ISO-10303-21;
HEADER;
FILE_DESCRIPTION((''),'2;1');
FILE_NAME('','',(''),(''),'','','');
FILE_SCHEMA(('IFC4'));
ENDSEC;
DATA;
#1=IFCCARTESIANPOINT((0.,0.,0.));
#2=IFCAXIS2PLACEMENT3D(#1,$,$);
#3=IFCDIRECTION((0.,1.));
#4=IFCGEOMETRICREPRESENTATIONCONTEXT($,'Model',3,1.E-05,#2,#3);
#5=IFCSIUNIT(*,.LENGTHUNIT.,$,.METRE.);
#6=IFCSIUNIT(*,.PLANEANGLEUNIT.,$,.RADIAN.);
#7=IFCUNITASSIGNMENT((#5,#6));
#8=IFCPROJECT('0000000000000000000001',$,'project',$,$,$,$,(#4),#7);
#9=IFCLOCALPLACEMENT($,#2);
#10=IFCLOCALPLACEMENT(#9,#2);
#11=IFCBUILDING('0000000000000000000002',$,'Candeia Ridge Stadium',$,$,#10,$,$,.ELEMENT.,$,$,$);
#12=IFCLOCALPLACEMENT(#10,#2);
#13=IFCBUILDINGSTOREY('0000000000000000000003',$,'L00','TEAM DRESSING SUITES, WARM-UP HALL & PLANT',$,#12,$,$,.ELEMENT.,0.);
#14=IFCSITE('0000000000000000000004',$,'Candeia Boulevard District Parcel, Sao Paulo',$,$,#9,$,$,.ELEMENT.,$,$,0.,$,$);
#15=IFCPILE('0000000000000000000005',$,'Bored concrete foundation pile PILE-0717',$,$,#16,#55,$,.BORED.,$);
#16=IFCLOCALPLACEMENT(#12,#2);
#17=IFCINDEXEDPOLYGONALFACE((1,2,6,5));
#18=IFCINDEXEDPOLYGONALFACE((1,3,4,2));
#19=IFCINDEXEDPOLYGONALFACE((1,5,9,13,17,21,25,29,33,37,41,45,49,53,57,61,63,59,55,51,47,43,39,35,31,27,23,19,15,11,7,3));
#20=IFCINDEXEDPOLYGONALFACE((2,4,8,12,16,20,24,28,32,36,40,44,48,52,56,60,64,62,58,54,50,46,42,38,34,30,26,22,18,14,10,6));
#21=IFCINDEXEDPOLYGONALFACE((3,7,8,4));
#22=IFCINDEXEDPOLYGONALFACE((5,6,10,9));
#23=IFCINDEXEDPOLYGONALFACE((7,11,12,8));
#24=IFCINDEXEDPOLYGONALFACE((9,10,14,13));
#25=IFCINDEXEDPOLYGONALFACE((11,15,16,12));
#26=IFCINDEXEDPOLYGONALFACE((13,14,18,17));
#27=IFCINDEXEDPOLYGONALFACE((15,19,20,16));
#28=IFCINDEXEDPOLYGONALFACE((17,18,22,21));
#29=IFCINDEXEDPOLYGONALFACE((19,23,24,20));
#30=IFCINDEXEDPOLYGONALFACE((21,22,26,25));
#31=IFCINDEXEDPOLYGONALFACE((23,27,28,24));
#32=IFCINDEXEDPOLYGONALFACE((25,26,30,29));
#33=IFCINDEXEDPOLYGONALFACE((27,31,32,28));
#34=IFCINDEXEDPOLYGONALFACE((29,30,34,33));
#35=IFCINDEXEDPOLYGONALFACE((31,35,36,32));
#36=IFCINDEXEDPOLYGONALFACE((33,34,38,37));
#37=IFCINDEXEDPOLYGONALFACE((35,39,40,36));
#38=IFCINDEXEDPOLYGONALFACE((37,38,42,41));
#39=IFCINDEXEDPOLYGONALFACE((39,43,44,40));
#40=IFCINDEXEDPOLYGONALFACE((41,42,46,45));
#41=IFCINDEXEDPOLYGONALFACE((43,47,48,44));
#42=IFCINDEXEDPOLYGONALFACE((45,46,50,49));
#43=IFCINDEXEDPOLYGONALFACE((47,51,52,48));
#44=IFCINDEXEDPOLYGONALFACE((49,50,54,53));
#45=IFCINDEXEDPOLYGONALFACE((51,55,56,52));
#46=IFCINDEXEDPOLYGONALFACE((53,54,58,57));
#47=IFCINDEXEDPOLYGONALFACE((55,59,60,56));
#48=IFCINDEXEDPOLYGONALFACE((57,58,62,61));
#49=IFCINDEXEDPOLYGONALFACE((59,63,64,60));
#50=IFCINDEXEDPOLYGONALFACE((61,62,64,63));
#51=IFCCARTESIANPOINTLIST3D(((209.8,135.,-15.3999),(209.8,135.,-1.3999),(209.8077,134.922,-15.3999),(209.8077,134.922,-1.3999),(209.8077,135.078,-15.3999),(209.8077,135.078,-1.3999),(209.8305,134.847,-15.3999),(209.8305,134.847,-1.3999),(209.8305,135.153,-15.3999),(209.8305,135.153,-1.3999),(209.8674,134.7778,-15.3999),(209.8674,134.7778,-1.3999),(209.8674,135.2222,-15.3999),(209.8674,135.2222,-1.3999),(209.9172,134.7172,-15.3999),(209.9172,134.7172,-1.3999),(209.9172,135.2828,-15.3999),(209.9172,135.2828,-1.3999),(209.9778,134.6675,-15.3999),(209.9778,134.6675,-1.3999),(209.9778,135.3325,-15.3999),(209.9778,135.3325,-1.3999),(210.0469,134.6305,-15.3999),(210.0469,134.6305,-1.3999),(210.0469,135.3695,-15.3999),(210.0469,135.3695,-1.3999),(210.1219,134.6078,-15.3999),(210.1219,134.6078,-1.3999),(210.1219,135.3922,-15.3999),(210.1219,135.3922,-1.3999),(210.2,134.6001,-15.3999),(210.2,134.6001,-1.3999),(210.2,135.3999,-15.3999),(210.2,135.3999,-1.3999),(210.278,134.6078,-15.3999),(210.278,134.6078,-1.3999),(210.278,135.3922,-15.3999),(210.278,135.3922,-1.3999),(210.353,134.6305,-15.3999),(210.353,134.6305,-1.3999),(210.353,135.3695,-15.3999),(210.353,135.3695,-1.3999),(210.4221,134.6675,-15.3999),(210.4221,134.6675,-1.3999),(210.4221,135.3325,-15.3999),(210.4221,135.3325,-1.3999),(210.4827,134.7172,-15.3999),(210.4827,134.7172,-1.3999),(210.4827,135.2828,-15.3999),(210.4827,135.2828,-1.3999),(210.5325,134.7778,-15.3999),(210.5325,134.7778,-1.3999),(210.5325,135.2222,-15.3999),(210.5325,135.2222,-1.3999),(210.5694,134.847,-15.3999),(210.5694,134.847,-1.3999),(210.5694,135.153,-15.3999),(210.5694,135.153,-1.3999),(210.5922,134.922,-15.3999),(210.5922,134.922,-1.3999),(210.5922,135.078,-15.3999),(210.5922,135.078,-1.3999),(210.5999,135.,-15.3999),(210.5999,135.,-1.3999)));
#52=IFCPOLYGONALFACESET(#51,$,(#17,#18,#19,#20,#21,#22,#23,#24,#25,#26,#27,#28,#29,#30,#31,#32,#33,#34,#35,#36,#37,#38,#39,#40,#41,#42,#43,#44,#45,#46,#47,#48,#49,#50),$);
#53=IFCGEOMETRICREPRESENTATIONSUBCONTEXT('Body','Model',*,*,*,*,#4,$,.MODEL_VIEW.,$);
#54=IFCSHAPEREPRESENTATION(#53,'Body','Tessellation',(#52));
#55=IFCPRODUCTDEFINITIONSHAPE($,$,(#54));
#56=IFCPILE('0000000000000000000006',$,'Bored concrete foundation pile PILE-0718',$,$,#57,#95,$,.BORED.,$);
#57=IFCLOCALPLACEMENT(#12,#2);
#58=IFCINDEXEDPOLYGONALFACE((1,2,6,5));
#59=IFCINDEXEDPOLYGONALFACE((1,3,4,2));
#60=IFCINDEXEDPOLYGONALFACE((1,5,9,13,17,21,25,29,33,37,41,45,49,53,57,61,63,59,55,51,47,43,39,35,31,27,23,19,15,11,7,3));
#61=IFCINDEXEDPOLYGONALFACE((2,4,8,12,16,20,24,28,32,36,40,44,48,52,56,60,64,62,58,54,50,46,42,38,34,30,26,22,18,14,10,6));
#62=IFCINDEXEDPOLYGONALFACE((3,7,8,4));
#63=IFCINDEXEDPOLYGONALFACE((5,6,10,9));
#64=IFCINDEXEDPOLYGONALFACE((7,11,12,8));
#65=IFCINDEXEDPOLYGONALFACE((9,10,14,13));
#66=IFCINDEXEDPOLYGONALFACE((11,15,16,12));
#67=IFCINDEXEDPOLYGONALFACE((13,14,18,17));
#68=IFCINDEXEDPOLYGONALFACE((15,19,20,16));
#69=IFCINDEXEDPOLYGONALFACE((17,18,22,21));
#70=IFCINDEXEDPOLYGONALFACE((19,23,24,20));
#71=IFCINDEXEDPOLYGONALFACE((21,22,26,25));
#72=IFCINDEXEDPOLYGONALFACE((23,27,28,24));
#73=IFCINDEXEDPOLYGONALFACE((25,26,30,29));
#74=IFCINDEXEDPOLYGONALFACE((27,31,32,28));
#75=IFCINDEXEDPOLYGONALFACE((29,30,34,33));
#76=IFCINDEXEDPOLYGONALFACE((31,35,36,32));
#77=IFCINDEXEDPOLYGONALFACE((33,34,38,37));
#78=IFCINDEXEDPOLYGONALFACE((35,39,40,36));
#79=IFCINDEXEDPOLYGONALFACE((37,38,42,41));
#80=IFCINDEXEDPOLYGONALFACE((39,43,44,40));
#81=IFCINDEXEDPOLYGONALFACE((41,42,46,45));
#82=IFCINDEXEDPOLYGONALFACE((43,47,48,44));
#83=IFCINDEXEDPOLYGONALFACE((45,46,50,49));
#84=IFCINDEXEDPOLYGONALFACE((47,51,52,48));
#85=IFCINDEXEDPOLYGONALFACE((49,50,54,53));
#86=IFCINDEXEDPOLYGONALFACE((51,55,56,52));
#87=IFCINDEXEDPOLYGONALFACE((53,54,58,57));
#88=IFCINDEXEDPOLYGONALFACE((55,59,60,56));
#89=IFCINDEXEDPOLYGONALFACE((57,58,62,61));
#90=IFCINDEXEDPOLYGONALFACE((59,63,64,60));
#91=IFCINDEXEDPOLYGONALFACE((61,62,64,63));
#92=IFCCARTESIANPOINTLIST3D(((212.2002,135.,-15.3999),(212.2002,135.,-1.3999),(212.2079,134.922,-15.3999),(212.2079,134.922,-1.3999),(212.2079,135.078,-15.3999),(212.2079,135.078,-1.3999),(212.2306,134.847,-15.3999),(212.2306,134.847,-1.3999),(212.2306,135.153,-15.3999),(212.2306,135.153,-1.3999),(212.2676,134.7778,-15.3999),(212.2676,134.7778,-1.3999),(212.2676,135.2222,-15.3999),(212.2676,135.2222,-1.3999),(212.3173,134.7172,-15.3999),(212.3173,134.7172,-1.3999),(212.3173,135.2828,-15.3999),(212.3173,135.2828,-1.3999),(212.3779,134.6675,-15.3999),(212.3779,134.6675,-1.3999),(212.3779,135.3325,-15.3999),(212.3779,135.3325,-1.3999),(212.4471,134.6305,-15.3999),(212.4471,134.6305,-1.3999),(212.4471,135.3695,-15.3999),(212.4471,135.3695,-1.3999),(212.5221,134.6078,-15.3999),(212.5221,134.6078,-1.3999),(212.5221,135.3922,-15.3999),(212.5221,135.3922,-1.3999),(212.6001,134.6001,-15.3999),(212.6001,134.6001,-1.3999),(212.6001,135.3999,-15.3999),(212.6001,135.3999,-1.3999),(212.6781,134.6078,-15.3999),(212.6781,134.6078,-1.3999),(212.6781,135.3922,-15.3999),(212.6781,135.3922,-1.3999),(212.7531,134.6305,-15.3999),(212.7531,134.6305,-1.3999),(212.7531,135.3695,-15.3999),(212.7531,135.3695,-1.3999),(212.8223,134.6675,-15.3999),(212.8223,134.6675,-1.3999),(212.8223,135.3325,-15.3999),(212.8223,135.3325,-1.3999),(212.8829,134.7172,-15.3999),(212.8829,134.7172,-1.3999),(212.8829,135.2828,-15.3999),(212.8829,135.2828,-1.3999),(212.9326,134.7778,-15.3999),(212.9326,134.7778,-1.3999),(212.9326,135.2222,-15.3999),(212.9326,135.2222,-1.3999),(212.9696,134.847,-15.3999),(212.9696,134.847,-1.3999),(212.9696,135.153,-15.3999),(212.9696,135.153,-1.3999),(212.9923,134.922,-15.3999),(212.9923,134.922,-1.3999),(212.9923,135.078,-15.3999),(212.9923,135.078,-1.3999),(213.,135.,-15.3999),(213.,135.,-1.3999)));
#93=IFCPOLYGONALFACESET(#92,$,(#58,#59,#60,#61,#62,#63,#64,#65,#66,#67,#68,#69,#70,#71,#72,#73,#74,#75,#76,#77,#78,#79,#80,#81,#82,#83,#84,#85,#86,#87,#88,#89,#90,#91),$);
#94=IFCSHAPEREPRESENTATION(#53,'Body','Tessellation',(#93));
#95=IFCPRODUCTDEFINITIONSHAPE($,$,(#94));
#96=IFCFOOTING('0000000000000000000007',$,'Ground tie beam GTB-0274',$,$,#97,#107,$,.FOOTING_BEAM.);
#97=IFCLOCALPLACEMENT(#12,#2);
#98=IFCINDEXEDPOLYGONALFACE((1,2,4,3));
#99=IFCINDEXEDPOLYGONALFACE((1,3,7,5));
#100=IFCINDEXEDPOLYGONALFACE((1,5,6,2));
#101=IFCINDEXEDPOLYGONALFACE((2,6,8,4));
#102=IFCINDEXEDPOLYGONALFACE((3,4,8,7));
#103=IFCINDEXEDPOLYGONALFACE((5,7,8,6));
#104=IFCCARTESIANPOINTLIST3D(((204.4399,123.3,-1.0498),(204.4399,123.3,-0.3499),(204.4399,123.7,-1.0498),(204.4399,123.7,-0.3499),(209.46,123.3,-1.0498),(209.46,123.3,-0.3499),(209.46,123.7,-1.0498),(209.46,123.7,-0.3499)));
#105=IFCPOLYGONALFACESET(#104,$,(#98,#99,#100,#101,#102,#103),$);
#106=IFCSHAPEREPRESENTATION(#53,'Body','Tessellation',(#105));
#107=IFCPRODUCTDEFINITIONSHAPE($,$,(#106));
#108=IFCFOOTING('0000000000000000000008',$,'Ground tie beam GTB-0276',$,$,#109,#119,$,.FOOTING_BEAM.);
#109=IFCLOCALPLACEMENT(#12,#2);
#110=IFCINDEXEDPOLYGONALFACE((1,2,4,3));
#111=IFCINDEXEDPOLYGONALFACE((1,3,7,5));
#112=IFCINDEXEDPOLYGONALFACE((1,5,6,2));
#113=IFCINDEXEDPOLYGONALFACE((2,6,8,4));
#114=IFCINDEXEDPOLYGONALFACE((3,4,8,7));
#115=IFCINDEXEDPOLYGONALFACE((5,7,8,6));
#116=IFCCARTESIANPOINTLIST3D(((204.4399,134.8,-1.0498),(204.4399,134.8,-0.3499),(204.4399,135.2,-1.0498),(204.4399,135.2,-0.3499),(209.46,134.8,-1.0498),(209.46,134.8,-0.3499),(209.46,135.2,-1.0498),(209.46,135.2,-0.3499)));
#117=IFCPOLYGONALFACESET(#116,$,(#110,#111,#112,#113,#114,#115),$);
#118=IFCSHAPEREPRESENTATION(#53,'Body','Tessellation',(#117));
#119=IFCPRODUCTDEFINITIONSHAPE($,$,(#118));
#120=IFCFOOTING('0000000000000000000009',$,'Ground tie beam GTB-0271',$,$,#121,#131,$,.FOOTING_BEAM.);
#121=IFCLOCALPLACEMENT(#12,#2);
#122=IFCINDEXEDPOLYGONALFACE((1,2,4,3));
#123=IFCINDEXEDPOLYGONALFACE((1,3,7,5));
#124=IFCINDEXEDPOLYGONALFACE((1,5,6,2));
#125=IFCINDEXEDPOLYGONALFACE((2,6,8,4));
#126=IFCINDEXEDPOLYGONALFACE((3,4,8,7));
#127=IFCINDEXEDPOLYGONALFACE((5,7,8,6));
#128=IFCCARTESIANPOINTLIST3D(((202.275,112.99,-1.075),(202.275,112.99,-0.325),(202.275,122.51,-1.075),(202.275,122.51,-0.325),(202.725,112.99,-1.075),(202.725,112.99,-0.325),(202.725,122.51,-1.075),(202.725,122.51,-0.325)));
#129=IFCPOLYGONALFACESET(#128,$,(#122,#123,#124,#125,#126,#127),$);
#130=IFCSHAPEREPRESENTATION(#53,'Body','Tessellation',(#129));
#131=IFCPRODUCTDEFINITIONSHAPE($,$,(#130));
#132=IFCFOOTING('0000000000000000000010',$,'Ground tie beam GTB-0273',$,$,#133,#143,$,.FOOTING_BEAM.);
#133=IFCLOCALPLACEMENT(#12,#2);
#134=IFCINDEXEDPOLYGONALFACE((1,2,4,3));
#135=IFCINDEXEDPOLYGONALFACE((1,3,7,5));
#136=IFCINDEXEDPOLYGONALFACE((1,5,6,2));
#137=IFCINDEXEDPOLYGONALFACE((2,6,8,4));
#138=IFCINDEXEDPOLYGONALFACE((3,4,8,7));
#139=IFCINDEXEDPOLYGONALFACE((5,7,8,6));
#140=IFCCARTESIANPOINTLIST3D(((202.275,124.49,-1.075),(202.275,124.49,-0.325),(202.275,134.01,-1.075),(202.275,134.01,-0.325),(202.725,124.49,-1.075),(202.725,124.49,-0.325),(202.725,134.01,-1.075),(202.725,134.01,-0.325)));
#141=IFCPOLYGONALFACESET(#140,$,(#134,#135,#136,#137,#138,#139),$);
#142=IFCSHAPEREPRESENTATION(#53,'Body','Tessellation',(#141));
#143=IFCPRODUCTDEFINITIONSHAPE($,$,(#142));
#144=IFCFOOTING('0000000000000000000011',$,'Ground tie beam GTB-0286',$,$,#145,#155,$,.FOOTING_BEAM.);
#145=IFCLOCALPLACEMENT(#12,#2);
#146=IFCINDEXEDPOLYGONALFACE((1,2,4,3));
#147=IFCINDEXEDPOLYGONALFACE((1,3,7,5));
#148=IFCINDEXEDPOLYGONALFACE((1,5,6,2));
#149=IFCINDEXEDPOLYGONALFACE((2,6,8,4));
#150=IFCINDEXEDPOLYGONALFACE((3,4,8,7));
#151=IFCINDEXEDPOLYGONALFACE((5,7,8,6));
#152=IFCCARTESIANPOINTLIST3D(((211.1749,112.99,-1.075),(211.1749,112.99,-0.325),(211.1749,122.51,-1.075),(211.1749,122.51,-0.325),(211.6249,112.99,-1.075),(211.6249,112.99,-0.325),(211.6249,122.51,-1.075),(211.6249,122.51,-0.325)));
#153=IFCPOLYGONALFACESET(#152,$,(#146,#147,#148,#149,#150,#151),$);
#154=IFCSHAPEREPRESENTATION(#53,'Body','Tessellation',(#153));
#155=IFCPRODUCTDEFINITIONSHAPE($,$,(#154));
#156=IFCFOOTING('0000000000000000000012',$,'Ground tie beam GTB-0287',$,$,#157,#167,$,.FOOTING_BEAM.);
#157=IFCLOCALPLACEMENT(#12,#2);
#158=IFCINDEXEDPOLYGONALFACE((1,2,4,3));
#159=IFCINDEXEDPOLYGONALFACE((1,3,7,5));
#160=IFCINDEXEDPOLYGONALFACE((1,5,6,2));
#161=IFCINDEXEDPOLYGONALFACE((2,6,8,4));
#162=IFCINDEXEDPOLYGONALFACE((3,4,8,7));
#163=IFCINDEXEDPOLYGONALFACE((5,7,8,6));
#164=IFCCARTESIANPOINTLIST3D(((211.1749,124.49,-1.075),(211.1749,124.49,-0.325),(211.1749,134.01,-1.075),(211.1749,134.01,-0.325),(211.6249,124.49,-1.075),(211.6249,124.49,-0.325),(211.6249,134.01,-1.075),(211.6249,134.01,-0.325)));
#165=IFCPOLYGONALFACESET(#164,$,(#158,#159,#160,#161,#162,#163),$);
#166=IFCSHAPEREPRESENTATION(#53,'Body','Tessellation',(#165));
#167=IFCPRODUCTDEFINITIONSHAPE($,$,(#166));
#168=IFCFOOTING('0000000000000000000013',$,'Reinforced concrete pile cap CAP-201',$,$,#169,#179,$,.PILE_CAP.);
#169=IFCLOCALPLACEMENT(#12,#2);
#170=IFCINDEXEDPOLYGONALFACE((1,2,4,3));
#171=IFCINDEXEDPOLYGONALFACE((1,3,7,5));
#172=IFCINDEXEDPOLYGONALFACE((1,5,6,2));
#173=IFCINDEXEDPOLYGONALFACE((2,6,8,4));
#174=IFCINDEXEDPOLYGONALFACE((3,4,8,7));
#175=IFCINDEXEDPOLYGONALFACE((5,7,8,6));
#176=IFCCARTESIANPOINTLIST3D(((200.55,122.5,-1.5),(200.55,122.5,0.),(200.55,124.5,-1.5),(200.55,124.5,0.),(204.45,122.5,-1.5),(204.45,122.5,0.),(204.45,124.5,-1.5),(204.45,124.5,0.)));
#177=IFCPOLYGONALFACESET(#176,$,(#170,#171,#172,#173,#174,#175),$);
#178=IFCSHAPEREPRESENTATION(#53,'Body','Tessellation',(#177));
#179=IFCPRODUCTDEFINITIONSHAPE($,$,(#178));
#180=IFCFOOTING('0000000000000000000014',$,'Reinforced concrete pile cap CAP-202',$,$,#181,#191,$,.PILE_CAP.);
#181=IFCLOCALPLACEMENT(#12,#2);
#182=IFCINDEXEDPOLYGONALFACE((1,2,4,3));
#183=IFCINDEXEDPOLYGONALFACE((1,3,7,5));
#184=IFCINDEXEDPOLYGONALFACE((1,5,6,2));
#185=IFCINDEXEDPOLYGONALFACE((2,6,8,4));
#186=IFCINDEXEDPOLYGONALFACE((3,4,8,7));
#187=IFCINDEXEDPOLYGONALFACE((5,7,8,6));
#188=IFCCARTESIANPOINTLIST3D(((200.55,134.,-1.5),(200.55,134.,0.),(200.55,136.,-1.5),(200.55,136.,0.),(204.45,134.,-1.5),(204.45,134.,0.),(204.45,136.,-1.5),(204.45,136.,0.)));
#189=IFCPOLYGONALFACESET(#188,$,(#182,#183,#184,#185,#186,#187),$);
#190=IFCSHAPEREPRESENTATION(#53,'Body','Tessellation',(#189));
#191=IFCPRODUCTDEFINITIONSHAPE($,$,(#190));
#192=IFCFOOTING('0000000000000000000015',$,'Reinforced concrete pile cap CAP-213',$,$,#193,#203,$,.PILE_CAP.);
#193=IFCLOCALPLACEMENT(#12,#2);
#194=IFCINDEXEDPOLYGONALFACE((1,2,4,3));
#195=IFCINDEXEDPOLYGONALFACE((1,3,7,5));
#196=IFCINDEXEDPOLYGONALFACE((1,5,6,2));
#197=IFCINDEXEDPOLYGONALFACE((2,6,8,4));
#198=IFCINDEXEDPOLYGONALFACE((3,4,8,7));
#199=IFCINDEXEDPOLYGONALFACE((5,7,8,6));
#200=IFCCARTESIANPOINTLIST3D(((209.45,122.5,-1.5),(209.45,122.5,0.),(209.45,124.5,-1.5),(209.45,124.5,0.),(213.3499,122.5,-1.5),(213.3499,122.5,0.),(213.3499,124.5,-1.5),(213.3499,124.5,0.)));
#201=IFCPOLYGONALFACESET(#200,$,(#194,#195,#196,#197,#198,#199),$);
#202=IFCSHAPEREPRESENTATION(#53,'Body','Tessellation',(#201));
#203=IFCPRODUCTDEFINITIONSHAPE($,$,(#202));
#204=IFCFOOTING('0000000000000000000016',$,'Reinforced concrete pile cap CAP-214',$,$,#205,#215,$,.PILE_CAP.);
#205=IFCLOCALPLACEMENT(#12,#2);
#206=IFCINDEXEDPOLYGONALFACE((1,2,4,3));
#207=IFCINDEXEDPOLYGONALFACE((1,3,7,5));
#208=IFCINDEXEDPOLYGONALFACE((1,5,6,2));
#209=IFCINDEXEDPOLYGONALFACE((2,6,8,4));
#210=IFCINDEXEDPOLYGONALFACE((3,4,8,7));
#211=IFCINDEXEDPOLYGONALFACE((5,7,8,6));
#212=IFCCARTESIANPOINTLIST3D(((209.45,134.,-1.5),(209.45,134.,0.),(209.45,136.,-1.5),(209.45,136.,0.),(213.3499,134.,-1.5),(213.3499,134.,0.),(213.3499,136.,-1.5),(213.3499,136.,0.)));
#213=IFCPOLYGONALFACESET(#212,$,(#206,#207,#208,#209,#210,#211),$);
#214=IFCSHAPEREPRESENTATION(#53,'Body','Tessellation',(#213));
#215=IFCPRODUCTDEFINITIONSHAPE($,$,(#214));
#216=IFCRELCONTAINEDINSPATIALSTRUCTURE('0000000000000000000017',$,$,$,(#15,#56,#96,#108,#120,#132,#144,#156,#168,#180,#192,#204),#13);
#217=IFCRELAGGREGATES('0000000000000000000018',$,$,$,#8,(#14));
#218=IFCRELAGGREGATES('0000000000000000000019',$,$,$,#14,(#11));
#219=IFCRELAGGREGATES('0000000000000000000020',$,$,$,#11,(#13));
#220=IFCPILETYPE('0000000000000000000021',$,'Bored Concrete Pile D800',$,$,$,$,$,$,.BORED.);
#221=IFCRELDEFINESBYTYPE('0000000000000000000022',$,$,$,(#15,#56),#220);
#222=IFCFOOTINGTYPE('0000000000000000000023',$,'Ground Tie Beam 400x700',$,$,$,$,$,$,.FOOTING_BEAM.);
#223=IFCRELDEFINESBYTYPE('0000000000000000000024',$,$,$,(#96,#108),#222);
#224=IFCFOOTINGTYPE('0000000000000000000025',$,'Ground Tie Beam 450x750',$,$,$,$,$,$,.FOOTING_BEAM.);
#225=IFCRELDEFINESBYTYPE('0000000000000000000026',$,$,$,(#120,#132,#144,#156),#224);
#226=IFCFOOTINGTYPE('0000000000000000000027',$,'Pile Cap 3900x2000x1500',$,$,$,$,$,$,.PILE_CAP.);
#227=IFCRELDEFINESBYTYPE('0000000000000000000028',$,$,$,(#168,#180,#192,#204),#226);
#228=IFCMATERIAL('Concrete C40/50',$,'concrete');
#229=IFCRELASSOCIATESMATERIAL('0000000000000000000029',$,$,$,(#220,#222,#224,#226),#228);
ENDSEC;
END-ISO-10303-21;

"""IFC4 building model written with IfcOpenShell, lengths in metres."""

from ifc_helpers import new_model, si_unit, direction, frame, origin, origin_2d, place, context, subcontext, project, spatial, rectangle, circle, extrude, material, material_profile, profile_set, type_object, element, save


model = new_model("IFC4")

# Units and contexts
model_context = context("Model", 3, precision=1e-05, world=origin(), true_north=direction((0.0, 1.0)))
body_context = subcontext(model_context, "Body", "Model", "MODEL_VIEW")
ifc_project = project(units=[si_unit("LENGTHUNIT", "METRE"), si_unit("PLANEANGLEUNIT", "RADIAN")], contexts=[model_context])

# Site, building, storey
site_placement = place(None, origin())
site = spatial("IfcSite", under=ifc_project, at=site_placement, Name="Candeia Boulevard District Parcel, Sao Paulo", CompositionType="ELEMENT", RefElevation=0.0)
building_placement = place(site_placement, origin())
building = spatial("IfcBuilding", under=site, at=building_placement, Name="Candeia Ridge Stadium", CompositionType="ELEMENT")
storey_placement = place(building_placement, origin())
storey = spatial("IfcBuildingStorey", under=building, at=storey_placement, Name="L00", Description="TEAM DRESSING SUITES, WARM-UP HALL & PLANT", CompositionType="ELEMENT", Elevation=0.0)

# Piles
ifc_material_1 = material(Name="Concrete C40/50", Category="concrete")
ifc_material_profile_1 = material_profile(ifc_material_1, circle(Radius=0.3999, at=origin_2d()), Name="PILE-D800", Category="concrete")
ifc_profile_set_1 = profile_set([ifc_material_profile_1], Name="Concrete C40/50")
pile_type = type_object("IfcPileType", Name="Bored Concrete Pile D800", PredefinedType="BORED", material=ifc_profile_set_1)
for number, where, z_axis, x_axis, name in (
    (1, (210.2, 135.0, -1.3999), (0.0, 0.0, -1.0), (1.0, 0.0, 0.0), "Bored concrete foundation pile PILE-0717"),
    (2, (212.6001, 135.0, -1.3999), (0.0, 0.0, -1.0), (1.0, 0.0, 0.0), "Bored concrete foundation pile PILE-0718"),
):
    element("IfcPile", number, at=place(storey_placement, frame(where, z_axis=z_axis, x_axis=x_axis)), inside=storey, type_object=pile_type, Name=name, PredefinedType="BORED", context=body_context, shape_type="SweptSolid", body=[
        extrude(circle(Radius=0.3999, at=origin_2d()), origin(), (0.0, 0.0, 1.0), 14.0),
    ])

# Footings
footing_type_1 = type_object("IfcFootingType", Name="Ground Tie Beam 400x700", PredefinedType="FOOTING_BEAM", material=ifc_material_1)
for number, where, z_axis, x_axis, name in (
    (3, (206.95, 123.5, -1.0498), (0.0, 0.0, 1.0), (1.0, 0.0, 0.0), "Ground tie beam GTB-0274"),
    (4, (206.95, 135.0, -1.0498), (0.0, 0.0, 1.0), (1.0, 0.0, 0.0), "Ground tie beam GTB-0276"),
):
    element("IfcFooting", number, at=place(storey_placement, frame(where, z_axis=z_axis, x_axis=x_axis)), inside=storey, type_object=footing_type_1, Name=name, PredefinedType="FOOTING_BEAM", context=body_context, shape_type="SweptSolid", body=[
        extrude(rectangle(XDim=5.02, YDim=0.3999, at=origin_2d()), origin(), (0.0, 0.0, 1.0), 0.7),
    ])
footing_type_2 = type_object("IfcFootingType", Name="Ground Tie Beam 450x750", PredefinedType="FOOTING_BEAM", material=ifc_material_1)
for number, where, z_axis, x_axis, name in (
    (5, (202.5, 117.75, -1.075), (0.0, 0.0, 1.0), (0.0, 1.0, 0.0), "Ground tie beam GTB-0271"),
    (6, (202.5, 129.25, -1.075), (0.0, 0.0, 1.0), (0.0, 1.0, 0.0), "Ground tie beam GTB-0273"),
    (7, (211.3999, 117.75, -1.075), (0.0, 0.0, 1.0), (0.0, 1.0, 0.0), "Ground tie beam GTB-0286"),
    (8, (211.3999, 129.25, -1.075), (0.0, 0.0, 1.0), (0.0, 1.0, 0.0), "Ground tie beam GTB-0287"),
):
    element("IfcFooting", number, at=place(storey_placement, frame(where, z_axis=z_axis, x_axis=x_axis)), inside=storey, type_object=footing_type_2, Name=name, PredefinedType="FOOTING_BEAM", context=body_context, shape_type="SweptSolid", body=[
        extrude(rectangle(XDim=9.52, YDim=0.45, at=origin_2d()), origin(), (0.0, 0.0, 1.0), 0.75),
    ])
footing_type_3 = type_object("IfcFootingType", Name="Pile Cap 3900x2000x1500", PredefinedType="PILE_CAP", material=ifc_material_1)
for number, where, z_axis, x_axis, name in (
    (9, (202.5, 123.5, -1.5), (0.0, 0.0, 1.0), (1.0, 0.0, 0.0), "Reinforced concrete pile cap CAP-201"),
    (10, (202.5, 135.0, -1.5), (0.0, 0.0, 1.0), (1.0, 0.0, 0.0), "Reinforced concrete pile cap CAP-202"),
    (11, (211.3999, 123.5, -1.5), (0.0, 0.0, 1.0), (1.0, 0.0, 0.0), "Reinforced concrete pile cap CAP-213"),
    (12, (211.3999, 135.0, -1.5), (0.0, 0.0, 1.0), (1.0, 0.0, 0.0), "Reinforced concrete pile cap CAP-214"),
):
    element("IfcFooting", number, at=place(storey_placement, frame(where, z_axis=z_axis, x_axis=x_axis)), inside=storey, type_object=footing_type_3, Name=name, PredefinedType="PILE_CAP", context=body_context, shape_type="SweptSolid", body=[
        extrude(rectangle(XDim=3.8999, YDim=2.0, at=origin_2d()), origin(), (0.0, 0.0, 1.0), 1.5),
    ])

save(model, "model.ifc")
